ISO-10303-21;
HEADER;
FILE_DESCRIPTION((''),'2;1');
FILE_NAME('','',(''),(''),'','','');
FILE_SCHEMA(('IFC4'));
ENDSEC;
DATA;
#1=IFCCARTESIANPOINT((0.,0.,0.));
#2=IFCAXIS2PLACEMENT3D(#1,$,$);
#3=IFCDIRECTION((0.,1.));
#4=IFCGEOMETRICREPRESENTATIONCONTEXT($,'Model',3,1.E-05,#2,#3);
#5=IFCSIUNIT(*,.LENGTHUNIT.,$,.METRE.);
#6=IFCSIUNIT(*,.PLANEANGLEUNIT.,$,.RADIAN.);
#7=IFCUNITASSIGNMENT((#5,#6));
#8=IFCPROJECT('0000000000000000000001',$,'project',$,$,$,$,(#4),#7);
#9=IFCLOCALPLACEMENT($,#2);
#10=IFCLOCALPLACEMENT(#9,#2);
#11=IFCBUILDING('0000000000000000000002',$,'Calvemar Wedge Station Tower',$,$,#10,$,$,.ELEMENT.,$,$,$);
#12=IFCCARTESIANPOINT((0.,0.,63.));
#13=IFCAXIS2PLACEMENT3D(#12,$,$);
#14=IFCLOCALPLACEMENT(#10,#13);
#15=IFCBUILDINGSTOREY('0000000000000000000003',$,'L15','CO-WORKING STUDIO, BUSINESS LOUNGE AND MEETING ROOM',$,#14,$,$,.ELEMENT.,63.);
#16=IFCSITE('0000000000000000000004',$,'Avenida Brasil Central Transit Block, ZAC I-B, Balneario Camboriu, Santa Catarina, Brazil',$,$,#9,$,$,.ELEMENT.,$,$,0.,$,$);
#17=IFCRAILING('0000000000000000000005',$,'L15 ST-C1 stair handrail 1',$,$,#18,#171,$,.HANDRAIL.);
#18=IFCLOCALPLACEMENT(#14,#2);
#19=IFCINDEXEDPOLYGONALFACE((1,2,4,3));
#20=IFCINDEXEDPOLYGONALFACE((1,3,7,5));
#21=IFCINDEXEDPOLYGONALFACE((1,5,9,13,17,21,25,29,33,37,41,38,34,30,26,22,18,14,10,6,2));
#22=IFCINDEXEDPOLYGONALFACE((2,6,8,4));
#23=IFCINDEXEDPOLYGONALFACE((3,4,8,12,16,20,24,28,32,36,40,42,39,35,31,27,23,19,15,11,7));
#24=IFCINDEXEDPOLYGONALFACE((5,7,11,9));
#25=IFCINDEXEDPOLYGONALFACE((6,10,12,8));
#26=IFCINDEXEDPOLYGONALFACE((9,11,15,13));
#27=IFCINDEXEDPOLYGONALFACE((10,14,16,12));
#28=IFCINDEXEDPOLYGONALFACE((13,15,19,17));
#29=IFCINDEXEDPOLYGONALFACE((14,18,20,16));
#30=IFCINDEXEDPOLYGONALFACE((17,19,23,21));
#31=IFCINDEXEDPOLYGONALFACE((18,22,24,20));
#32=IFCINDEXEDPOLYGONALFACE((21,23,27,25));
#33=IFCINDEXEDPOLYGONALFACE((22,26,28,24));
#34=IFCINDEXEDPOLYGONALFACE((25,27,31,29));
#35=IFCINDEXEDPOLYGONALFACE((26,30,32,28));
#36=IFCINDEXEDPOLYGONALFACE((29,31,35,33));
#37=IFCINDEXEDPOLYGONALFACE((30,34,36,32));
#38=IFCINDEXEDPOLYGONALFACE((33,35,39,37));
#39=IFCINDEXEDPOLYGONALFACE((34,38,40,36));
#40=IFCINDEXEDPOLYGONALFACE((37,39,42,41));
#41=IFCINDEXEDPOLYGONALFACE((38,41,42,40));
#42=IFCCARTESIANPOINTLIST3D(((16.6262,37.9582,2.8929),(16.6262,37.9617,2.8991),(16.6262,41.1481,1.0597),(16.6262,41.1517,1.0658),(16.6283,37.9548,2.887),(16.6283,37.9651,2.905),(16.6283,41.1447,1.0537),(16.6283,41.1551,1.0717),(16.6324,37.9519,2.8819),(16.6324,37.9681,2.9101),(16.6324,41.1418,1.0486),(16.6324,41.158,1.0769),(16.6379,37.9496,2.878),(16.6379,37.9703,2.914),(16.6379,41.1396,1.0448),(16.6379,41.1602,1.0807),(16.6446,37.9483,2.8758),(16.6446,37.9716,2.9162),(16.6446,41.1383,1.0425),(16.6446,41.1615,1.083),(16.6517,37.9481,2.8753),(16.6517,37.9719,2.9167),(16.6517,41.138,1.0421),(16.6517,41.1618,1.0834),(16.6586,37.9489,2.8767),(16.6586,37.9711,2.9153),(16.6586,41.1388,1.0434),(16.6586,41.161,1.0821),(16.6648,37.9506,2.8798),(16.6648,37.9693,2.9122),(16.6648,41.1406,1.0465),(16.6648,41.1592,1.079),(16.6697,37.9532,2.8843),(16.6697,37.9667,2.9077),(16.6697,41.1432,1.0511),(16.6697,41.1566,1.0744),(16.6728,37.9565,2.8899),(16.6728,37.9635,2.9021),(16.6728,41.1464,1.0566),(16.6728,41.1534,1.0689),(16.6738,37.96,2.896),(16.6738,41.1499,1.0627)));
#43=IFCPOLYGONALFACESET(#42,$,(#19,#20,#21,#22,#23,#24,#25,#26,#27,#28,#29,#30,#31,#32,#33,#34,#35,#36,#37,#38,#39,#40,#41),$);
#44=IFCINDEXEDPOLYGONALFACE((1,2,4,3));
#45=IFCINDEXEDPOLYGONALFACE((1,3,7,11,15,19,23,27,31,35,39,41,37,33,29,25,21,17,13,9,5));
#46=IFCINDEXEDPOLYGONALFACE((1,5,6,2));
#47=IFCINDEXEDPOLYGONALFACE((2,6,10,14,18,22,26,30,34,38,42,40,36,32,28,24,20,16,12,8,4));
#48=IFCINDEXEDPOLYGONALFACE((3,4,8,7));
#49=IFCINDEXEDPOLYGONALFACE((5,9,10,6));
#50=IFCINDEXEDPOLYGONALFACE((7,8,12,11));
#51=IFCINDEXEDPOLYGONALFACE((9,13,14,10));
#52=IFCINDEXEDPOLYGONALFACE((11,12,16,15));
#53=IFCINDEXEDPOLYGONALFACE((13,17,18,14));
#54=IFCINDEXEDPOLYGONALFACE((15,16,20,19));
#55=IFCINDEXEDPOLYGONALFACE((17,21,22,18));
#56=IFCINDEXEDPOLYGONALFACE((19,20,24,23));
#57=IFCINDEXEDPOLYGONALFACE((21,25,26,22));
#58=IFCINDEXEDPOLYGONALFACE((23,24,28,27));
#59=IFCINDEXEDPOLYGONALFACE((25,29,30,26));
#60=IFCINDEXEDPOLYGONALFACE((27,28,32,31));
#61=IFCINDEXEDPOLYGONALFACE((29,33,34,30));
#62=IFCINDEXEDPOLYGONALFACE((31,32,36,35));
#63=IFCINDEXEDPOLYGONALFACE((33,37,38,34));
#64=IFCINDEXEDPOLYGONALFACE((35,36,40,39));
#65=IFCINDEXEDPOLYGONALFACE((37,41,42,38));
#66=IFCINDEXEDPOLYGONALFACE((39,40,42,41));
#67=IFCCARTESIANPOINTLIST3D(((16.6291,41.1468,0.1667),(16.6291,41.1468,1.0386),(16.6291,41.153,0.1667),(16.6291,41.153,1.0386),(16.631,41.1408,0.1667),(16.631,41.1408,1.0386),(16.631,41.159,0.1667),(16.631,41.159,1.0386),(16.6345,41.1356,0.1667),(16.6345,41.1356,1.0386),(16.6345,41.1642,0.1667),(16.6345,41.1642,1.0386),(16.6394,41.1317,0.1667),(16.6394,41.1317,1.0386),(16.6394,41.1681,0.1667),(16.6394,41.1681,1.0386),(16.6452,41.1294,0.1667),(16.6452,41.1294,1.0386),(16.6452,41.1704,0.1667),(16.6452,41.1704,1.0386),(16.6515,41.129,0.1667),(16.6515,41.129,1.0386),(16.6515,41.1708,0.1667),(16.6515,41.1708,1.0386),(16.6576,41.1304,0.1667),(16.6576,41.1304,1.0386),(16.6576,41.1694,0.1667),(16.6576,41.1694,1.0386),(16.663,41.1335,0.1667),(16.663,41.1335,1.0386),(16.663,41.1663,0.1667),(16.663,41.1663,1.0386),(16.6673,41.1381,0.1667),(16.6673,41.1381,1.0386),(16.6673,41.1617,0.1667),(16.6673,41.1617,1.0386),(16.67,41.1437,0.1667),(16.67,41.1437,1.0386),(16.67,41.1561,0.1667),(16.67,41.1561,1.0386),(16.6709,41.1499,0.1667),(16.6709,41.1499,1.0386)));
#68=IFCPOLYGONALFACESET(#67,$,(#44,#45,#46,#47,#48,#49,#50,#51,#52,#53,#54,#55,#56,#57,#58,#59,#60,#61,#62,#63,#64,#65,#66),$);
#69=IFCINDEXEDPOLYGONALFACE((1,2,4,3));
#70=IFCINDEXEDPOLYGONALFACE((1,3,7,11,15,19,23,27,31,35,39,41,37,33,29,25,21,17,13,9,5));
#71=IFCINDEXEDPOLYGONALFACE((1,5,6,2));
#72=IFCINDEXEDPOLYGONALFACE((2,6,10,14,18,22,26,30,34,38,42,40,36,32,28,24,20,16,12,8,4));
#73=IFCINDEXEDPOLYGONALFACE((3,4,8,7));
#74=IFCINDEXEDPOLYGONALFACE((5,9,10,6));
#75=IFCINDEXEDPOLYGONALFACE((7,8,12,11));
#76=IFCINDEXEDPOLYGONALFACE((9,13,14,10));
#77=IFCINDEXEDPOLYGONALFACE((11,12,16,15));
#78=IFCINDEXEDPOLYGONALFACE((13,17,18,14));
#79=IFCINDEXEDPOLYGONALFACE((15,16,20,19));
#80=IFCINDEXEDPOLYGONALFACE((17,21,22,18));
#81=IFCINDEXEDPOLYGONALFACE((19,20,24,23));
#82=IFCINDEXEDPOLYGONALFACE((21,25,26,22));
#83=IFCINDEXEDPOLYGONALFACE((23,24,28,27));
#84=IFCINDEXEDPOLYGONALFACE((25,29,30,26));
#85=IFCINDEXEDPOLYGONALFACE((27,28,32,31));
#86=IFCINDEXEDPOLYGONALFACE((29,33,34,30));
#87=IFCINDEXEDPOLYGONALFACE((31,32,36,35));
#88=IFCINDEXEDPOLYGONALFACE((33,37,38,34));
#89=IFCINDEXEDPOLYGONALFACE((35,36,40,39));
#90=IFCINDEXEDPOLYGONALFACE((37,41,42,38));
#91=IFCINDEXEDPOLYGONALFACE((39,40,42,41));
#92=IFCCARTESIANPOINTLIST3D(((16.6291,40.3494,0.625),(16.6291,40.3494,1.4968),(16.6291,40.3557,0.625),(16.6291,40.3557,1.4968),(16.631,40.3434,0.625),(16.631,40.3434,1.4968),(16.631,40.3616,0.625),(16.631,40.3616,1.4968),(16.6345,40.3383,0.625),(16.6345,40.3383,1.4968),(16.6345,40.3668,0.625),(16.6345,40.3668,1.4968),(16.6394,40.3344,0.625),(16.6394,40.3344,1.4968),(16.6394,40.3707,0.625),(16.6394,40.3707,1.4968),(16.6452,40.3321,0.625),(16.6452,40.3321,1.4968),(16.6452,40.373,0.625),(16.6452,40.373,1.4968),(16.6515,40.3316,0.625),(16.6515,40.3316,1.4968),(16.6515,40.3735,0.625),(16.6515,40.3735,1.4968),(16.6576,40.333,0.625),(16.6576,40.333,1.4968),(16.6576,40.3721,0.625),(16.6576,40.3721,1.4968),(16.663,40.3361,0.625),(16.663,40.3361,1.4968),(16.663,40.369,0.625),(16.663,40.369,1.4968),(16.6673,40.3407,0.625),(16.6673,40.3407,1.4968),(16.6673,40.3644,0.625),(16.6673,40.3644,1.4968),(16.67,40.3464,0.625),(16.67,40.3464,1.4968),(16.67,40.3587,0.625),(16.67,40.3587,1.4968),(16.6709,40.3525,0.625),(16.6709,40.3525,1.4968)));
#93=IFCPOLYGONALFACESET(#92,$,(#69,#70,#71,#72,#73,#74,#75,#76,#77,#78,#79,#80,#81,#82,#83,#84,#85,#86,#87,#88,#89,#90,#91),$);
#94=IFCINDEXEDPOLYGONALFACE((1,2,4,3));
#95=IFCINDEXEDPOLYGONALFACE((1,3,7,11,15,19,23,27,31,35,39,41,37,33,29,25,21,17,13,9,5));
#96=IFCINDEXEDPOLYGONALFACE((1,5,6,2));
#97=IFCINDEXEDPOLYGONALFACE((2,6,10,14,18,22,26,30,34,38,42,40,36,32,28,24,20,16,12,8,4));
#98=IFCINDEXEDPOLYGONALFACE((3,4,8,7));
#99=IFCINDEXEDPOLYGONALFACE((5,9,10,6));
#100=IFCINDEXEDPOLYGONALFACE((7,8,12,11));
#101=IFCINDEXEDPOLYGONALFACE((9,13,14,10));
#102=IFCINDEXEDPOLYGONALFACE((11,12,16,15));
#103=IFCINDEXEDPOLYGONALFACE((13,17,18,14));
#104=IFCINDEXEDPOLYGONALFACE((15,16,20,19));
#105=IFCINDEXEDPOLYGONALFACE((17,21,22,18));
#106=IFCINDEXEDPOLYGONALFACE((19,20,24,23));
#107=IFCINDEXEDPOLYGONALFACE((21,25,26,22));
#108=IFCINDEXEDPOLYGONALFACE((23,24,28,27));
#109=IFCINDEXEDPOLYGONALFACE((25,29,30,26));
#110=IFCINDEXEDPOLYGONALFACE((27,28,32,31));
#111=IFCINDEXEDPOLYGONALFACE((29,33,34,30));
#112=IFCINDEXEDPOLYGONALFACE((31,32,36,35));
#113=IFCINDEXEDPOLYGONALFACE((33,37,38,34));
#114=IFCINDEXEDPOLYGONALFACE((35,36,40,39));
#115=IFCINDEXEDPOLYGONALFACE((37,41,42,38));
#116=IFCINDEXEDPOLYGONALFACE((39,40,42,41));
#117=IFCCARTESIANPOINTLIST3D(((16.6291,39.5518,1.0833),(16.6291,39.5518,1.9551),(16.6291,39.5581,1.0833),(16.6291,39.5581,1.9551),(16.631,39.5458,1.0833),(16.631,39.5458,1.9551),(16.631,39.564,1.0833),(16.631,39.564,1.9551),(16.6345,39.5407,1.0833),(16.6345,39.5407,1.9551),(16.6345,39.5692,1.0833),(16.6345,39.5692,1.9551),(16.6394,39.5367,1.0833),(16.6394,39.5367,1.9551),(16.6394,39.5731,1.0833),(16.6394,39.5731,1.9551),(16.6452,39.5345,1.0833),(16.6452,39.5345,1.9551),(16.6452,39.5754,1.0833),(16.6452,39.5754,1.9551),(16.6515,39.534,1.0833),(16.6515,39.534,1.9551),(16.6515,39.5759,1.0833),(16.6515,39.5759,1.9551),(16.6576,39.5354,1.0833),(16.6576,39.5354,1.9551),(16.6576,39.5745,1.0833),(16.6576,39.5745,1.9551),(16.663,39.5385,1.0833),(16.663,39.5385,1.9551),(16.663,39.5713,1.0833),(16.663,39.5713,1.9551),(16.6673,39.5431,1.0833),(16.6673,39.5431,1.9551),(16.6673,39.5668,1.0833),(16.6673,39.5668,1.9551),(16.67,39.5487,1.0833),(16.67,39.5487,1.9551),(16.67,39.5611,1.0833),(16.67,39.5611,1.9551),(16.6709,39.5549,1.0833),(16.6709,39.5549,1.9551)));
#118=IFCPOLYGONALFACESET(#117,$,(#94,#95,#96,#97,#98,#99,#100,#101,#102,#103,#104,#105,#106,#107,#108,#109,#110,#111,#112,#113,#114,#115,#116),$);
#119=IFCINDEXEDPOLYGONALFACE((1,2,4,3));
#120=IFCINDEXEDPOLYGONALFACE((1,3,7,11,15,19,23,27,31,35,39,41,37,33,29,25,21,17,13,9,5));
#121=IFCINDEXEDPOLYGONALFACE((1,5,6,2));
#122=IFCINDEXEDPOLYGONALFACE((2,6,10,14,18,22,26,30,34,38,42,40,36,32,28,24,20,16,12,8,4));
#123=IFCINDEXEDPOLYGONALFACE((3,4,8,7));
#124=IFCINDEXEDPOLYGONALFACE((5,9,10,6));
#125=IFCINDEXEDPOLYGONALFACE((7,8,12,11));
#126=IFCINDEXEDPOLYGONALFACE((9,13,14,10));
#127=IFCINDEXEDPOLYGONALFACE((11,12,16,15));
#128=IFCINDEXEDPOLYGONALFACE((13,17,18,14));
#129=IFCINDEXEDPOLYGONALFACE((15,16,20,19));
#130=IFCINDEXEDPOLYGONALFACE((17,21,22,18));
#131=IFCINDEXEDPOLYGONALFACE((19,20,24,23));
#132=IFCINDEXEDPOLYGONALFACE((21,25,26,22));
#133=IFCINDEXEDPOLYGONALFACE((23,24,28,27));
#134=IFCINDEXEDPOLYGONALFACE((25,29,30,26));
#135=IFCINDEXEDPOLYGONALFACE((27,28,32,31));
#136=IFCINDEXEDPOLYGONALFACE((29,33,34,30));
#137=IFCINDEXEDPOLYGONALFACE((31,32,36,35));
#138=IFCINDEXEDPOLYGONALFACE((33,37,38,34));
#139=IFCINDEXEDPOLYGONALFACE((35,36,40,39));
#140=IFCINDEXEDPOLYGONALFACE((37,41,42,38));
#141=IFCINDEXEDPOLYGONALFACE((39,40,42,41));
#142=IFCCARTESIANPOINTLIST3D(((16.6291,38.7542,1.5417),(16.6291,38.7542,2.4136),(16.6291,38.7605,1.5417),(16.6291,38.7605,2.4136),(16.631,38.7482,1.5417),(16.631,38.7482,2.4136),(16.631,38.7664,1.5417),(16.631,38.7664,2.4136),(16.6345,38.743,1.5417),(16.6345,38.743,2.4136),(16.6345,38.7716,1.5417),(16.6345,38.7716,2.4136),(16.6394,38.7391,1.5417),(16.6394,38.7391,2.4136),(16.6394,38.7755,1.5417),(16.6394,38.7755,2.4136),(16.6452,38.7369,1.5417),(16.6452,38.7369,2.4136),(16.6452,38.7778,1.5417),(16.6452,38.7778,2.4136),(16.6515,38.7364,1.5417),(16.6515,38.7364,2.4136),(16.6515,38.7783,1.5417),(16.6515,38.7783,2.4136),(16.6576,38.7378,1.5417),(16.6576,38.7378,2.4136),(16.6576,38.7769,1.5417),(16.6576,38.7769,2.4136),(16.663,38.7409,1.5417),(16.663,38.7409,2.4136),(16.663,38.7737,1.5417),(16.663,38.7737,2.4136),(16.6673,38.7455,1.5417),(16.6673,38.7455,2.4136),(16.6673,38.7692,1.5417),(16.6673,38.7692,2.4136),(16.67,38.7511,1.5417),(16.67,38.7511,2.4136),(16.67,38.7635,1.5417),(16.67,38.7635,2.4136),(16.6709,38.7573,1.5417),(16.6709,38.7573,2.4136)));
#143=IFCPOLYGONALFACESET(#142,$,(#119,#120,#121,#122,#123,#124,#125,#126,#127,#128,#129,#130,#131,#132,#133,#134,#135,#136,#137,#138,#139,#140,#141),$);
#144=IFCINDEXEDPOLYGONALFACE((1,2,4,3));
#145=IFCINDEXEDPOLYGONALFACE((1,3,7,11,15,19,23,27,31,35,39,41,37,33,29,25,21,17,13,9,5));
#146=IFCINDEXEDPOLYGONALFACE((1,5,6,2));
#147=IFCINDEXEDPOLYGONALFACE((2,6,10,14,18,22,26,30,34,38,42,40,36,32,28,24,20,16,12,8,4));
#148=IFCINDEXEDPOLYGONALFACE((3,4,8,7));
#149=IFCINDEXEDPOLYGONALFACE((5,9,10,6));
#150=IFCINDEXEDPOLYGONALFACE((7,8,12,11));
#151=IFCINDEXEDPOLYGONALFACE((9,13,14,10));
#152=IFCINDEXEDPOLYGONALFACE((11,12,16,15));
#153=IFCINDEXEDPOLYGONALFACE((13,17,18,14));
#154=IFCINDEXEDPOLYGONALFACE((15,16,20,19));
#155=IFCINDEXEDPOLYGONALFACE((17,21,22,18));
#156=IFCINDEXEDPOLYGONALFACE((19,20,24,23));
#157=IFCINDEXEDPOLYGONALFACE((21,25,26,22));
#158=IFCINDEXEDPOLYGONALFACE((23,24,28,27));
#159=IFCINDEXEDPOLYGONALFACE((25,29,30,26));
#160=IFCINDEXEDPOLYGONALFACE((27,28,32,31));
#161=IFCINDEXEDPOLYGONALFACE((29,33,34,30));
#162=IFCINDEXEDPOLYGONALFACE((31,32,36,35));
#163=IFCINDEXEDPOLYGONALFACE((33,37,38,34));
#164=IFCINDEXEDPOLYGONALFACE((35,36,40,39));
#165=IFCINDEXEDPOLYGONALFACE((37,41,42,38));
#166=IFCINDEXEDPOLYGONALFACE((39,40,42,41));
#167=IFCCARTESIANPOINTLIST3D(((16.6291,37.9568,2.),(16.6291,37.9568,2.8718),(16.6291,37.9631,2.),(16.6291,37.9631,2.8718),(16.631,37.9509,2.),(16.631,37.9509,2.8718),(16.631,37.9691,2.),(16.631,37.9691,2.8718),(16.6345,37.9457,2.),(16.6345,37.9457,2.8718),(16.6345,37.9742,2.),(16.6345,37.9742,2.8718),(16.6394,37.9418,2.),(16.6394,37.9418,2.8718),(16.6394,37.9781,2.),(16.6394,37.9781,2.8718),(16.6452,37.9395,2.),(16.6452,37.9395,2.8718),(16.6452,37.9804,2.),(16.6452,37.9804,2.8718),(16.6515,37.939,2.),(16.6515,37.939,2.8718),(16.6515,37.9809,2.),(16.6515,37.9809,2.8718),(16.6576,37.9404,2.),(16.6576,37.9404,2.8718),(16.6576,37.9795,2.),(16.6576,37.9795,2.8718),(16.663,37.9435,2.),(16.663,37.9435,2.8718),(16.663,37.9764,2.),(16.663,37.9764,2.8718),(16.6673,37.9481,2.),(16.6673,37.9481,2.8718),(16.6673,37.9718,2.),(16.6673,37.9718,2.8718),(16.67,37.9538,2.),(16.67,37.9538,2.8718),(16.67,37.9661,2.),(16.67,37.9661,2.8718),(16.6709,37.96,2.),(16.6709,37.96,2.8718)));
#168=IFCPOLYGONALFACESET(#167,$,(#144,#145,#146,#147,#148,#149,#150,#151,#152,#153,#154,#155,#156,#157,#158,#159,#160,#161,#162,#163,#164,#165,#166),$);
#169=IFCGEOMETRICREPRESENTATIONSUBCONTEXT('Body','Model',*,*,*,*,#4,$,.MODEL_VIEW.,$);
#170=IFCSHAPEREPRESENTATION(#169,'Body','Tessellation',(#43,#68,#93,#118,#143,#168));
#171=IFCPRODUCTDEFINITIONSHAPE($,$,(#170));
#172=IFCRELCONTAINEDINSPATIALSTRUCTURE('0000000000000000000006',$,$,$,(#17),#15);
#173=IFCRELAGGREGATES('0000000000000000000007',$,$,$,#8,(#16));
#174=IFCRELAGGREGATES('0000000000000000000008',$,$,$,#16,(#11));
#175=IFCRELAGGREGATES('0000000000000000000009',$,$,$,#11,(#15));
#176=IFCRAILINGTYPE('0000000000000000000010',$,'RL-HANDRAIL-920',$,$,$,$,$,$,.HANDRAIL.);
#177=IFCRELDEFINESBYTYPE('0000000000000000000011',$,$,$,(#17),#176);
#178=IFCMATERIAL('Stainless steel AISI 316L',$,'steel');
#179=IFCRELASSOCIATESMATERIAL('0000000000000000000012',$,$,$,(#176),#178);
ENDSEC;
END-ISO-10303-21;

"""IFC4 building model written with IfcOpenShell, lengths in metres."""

from ifc_helpers import new_model, si_unit, direction, frame, origin, origin_2d, place, context, subcontext, project, spatial, circle, extrude, material, type_object, element, save


model = new_model("IFC4")

# Units and contexts
model_context = context("Model", 3, precision=1e-05, world=origin(), true_north=direction((0.0, 1.0)))
body_context = subcontext(model_context, "Body", "Model", "MODEL_VIEW")
ifc_project = project(units=[si_unit("LENGTHUNIT", "METRE"), si_unit("PLANEANGLEUNIT", "RADIAN")], contexts=[model_context])

# Site, building, storey
site_placement = place(None, origin())
site = spatial("IfcSite", under=ifc_project, at=site_placement, Name="Avenida Brasil Central Transit Block, ZAC I-B, Balneario Camboriu, Santa Catarina, Brazil", CompositionType="ELEMENT", RefElevation=0.0)
building_placement = place(site_placement, origin())
building = spatial("IfcBuilding", under=site, at=building_placement, Name="Calvemar Wedge Station Tower", CompositionType="ELEMENT")
storey_placement = place(building_placement, frame((0.0, 0.0, 63.0)))
storey = spatial("IfcBuildingStorey", under=building, at=storey_placement, Name="L15", Description="CO-WORKING STUDIO, BUSINESS LOUNGE AND MEETING ROOM", CompositionType="ELEMENT", Elevation=63.0)

# Railing
ifc_material_1 = material(Name="Stainless steel AISI 316L", Category="steel")
railing_type_1 = type_object("IfcRailingType", Name="RL-HANDRAIL-920", PredefinedType="HANDRAIL", material=ifc_material_1)
railing_1_placement = place(storey_placement, frame((16.6499, 41.1499, 0.1667)))
element("IfcRailing", 1, at=railing_1_placement, inside=storey, type_object=railing_type_1, Name="L15 ST-C1 stair handrail 1", PredefinedType="HANDRAIL", context=body_context, shape_type="SweptSolid", body=[
    extrude(circle(Radius=0.0239, at=origin_2d()), frame((0.0, 0.0, 0.896), z_axis=(0.0, -0.86702, 0.498274), x_axis=(1.0, 0.0, 0.0)), (0.0, 0.0, 1.0), 3.6792),
    extrude(circle(Radius=0.021, at=origin_2d()), origin(), (0.0, 0.0, 1.0), 0.8718),
    extrude(circle(Radius=0.021, at=origin_2d()), frame((0.0, -0.7974, 0.4583)), (0.0, 0.0, 1.0), 0.8718),
    extrude(circle(Radius=0.021, at=origin_2d()), frame((0.0, -1.595, 0.9165)), (0.0, 0.0, 1.0), 0.8718),
    extrude(circle(Radius=0.021, at=origin_2d()), frame((0.0, -2.3926, 1.375)), (0.0, 0.0, 1.0), 0.8718),
    extrude(circle(Radius=0.021, at=origin_2d()), frame((0.0, -3.1899, 1.8333)), (0.0, 0.0, 1.0), 0.8718),
])

save(model, "model.ifc")
